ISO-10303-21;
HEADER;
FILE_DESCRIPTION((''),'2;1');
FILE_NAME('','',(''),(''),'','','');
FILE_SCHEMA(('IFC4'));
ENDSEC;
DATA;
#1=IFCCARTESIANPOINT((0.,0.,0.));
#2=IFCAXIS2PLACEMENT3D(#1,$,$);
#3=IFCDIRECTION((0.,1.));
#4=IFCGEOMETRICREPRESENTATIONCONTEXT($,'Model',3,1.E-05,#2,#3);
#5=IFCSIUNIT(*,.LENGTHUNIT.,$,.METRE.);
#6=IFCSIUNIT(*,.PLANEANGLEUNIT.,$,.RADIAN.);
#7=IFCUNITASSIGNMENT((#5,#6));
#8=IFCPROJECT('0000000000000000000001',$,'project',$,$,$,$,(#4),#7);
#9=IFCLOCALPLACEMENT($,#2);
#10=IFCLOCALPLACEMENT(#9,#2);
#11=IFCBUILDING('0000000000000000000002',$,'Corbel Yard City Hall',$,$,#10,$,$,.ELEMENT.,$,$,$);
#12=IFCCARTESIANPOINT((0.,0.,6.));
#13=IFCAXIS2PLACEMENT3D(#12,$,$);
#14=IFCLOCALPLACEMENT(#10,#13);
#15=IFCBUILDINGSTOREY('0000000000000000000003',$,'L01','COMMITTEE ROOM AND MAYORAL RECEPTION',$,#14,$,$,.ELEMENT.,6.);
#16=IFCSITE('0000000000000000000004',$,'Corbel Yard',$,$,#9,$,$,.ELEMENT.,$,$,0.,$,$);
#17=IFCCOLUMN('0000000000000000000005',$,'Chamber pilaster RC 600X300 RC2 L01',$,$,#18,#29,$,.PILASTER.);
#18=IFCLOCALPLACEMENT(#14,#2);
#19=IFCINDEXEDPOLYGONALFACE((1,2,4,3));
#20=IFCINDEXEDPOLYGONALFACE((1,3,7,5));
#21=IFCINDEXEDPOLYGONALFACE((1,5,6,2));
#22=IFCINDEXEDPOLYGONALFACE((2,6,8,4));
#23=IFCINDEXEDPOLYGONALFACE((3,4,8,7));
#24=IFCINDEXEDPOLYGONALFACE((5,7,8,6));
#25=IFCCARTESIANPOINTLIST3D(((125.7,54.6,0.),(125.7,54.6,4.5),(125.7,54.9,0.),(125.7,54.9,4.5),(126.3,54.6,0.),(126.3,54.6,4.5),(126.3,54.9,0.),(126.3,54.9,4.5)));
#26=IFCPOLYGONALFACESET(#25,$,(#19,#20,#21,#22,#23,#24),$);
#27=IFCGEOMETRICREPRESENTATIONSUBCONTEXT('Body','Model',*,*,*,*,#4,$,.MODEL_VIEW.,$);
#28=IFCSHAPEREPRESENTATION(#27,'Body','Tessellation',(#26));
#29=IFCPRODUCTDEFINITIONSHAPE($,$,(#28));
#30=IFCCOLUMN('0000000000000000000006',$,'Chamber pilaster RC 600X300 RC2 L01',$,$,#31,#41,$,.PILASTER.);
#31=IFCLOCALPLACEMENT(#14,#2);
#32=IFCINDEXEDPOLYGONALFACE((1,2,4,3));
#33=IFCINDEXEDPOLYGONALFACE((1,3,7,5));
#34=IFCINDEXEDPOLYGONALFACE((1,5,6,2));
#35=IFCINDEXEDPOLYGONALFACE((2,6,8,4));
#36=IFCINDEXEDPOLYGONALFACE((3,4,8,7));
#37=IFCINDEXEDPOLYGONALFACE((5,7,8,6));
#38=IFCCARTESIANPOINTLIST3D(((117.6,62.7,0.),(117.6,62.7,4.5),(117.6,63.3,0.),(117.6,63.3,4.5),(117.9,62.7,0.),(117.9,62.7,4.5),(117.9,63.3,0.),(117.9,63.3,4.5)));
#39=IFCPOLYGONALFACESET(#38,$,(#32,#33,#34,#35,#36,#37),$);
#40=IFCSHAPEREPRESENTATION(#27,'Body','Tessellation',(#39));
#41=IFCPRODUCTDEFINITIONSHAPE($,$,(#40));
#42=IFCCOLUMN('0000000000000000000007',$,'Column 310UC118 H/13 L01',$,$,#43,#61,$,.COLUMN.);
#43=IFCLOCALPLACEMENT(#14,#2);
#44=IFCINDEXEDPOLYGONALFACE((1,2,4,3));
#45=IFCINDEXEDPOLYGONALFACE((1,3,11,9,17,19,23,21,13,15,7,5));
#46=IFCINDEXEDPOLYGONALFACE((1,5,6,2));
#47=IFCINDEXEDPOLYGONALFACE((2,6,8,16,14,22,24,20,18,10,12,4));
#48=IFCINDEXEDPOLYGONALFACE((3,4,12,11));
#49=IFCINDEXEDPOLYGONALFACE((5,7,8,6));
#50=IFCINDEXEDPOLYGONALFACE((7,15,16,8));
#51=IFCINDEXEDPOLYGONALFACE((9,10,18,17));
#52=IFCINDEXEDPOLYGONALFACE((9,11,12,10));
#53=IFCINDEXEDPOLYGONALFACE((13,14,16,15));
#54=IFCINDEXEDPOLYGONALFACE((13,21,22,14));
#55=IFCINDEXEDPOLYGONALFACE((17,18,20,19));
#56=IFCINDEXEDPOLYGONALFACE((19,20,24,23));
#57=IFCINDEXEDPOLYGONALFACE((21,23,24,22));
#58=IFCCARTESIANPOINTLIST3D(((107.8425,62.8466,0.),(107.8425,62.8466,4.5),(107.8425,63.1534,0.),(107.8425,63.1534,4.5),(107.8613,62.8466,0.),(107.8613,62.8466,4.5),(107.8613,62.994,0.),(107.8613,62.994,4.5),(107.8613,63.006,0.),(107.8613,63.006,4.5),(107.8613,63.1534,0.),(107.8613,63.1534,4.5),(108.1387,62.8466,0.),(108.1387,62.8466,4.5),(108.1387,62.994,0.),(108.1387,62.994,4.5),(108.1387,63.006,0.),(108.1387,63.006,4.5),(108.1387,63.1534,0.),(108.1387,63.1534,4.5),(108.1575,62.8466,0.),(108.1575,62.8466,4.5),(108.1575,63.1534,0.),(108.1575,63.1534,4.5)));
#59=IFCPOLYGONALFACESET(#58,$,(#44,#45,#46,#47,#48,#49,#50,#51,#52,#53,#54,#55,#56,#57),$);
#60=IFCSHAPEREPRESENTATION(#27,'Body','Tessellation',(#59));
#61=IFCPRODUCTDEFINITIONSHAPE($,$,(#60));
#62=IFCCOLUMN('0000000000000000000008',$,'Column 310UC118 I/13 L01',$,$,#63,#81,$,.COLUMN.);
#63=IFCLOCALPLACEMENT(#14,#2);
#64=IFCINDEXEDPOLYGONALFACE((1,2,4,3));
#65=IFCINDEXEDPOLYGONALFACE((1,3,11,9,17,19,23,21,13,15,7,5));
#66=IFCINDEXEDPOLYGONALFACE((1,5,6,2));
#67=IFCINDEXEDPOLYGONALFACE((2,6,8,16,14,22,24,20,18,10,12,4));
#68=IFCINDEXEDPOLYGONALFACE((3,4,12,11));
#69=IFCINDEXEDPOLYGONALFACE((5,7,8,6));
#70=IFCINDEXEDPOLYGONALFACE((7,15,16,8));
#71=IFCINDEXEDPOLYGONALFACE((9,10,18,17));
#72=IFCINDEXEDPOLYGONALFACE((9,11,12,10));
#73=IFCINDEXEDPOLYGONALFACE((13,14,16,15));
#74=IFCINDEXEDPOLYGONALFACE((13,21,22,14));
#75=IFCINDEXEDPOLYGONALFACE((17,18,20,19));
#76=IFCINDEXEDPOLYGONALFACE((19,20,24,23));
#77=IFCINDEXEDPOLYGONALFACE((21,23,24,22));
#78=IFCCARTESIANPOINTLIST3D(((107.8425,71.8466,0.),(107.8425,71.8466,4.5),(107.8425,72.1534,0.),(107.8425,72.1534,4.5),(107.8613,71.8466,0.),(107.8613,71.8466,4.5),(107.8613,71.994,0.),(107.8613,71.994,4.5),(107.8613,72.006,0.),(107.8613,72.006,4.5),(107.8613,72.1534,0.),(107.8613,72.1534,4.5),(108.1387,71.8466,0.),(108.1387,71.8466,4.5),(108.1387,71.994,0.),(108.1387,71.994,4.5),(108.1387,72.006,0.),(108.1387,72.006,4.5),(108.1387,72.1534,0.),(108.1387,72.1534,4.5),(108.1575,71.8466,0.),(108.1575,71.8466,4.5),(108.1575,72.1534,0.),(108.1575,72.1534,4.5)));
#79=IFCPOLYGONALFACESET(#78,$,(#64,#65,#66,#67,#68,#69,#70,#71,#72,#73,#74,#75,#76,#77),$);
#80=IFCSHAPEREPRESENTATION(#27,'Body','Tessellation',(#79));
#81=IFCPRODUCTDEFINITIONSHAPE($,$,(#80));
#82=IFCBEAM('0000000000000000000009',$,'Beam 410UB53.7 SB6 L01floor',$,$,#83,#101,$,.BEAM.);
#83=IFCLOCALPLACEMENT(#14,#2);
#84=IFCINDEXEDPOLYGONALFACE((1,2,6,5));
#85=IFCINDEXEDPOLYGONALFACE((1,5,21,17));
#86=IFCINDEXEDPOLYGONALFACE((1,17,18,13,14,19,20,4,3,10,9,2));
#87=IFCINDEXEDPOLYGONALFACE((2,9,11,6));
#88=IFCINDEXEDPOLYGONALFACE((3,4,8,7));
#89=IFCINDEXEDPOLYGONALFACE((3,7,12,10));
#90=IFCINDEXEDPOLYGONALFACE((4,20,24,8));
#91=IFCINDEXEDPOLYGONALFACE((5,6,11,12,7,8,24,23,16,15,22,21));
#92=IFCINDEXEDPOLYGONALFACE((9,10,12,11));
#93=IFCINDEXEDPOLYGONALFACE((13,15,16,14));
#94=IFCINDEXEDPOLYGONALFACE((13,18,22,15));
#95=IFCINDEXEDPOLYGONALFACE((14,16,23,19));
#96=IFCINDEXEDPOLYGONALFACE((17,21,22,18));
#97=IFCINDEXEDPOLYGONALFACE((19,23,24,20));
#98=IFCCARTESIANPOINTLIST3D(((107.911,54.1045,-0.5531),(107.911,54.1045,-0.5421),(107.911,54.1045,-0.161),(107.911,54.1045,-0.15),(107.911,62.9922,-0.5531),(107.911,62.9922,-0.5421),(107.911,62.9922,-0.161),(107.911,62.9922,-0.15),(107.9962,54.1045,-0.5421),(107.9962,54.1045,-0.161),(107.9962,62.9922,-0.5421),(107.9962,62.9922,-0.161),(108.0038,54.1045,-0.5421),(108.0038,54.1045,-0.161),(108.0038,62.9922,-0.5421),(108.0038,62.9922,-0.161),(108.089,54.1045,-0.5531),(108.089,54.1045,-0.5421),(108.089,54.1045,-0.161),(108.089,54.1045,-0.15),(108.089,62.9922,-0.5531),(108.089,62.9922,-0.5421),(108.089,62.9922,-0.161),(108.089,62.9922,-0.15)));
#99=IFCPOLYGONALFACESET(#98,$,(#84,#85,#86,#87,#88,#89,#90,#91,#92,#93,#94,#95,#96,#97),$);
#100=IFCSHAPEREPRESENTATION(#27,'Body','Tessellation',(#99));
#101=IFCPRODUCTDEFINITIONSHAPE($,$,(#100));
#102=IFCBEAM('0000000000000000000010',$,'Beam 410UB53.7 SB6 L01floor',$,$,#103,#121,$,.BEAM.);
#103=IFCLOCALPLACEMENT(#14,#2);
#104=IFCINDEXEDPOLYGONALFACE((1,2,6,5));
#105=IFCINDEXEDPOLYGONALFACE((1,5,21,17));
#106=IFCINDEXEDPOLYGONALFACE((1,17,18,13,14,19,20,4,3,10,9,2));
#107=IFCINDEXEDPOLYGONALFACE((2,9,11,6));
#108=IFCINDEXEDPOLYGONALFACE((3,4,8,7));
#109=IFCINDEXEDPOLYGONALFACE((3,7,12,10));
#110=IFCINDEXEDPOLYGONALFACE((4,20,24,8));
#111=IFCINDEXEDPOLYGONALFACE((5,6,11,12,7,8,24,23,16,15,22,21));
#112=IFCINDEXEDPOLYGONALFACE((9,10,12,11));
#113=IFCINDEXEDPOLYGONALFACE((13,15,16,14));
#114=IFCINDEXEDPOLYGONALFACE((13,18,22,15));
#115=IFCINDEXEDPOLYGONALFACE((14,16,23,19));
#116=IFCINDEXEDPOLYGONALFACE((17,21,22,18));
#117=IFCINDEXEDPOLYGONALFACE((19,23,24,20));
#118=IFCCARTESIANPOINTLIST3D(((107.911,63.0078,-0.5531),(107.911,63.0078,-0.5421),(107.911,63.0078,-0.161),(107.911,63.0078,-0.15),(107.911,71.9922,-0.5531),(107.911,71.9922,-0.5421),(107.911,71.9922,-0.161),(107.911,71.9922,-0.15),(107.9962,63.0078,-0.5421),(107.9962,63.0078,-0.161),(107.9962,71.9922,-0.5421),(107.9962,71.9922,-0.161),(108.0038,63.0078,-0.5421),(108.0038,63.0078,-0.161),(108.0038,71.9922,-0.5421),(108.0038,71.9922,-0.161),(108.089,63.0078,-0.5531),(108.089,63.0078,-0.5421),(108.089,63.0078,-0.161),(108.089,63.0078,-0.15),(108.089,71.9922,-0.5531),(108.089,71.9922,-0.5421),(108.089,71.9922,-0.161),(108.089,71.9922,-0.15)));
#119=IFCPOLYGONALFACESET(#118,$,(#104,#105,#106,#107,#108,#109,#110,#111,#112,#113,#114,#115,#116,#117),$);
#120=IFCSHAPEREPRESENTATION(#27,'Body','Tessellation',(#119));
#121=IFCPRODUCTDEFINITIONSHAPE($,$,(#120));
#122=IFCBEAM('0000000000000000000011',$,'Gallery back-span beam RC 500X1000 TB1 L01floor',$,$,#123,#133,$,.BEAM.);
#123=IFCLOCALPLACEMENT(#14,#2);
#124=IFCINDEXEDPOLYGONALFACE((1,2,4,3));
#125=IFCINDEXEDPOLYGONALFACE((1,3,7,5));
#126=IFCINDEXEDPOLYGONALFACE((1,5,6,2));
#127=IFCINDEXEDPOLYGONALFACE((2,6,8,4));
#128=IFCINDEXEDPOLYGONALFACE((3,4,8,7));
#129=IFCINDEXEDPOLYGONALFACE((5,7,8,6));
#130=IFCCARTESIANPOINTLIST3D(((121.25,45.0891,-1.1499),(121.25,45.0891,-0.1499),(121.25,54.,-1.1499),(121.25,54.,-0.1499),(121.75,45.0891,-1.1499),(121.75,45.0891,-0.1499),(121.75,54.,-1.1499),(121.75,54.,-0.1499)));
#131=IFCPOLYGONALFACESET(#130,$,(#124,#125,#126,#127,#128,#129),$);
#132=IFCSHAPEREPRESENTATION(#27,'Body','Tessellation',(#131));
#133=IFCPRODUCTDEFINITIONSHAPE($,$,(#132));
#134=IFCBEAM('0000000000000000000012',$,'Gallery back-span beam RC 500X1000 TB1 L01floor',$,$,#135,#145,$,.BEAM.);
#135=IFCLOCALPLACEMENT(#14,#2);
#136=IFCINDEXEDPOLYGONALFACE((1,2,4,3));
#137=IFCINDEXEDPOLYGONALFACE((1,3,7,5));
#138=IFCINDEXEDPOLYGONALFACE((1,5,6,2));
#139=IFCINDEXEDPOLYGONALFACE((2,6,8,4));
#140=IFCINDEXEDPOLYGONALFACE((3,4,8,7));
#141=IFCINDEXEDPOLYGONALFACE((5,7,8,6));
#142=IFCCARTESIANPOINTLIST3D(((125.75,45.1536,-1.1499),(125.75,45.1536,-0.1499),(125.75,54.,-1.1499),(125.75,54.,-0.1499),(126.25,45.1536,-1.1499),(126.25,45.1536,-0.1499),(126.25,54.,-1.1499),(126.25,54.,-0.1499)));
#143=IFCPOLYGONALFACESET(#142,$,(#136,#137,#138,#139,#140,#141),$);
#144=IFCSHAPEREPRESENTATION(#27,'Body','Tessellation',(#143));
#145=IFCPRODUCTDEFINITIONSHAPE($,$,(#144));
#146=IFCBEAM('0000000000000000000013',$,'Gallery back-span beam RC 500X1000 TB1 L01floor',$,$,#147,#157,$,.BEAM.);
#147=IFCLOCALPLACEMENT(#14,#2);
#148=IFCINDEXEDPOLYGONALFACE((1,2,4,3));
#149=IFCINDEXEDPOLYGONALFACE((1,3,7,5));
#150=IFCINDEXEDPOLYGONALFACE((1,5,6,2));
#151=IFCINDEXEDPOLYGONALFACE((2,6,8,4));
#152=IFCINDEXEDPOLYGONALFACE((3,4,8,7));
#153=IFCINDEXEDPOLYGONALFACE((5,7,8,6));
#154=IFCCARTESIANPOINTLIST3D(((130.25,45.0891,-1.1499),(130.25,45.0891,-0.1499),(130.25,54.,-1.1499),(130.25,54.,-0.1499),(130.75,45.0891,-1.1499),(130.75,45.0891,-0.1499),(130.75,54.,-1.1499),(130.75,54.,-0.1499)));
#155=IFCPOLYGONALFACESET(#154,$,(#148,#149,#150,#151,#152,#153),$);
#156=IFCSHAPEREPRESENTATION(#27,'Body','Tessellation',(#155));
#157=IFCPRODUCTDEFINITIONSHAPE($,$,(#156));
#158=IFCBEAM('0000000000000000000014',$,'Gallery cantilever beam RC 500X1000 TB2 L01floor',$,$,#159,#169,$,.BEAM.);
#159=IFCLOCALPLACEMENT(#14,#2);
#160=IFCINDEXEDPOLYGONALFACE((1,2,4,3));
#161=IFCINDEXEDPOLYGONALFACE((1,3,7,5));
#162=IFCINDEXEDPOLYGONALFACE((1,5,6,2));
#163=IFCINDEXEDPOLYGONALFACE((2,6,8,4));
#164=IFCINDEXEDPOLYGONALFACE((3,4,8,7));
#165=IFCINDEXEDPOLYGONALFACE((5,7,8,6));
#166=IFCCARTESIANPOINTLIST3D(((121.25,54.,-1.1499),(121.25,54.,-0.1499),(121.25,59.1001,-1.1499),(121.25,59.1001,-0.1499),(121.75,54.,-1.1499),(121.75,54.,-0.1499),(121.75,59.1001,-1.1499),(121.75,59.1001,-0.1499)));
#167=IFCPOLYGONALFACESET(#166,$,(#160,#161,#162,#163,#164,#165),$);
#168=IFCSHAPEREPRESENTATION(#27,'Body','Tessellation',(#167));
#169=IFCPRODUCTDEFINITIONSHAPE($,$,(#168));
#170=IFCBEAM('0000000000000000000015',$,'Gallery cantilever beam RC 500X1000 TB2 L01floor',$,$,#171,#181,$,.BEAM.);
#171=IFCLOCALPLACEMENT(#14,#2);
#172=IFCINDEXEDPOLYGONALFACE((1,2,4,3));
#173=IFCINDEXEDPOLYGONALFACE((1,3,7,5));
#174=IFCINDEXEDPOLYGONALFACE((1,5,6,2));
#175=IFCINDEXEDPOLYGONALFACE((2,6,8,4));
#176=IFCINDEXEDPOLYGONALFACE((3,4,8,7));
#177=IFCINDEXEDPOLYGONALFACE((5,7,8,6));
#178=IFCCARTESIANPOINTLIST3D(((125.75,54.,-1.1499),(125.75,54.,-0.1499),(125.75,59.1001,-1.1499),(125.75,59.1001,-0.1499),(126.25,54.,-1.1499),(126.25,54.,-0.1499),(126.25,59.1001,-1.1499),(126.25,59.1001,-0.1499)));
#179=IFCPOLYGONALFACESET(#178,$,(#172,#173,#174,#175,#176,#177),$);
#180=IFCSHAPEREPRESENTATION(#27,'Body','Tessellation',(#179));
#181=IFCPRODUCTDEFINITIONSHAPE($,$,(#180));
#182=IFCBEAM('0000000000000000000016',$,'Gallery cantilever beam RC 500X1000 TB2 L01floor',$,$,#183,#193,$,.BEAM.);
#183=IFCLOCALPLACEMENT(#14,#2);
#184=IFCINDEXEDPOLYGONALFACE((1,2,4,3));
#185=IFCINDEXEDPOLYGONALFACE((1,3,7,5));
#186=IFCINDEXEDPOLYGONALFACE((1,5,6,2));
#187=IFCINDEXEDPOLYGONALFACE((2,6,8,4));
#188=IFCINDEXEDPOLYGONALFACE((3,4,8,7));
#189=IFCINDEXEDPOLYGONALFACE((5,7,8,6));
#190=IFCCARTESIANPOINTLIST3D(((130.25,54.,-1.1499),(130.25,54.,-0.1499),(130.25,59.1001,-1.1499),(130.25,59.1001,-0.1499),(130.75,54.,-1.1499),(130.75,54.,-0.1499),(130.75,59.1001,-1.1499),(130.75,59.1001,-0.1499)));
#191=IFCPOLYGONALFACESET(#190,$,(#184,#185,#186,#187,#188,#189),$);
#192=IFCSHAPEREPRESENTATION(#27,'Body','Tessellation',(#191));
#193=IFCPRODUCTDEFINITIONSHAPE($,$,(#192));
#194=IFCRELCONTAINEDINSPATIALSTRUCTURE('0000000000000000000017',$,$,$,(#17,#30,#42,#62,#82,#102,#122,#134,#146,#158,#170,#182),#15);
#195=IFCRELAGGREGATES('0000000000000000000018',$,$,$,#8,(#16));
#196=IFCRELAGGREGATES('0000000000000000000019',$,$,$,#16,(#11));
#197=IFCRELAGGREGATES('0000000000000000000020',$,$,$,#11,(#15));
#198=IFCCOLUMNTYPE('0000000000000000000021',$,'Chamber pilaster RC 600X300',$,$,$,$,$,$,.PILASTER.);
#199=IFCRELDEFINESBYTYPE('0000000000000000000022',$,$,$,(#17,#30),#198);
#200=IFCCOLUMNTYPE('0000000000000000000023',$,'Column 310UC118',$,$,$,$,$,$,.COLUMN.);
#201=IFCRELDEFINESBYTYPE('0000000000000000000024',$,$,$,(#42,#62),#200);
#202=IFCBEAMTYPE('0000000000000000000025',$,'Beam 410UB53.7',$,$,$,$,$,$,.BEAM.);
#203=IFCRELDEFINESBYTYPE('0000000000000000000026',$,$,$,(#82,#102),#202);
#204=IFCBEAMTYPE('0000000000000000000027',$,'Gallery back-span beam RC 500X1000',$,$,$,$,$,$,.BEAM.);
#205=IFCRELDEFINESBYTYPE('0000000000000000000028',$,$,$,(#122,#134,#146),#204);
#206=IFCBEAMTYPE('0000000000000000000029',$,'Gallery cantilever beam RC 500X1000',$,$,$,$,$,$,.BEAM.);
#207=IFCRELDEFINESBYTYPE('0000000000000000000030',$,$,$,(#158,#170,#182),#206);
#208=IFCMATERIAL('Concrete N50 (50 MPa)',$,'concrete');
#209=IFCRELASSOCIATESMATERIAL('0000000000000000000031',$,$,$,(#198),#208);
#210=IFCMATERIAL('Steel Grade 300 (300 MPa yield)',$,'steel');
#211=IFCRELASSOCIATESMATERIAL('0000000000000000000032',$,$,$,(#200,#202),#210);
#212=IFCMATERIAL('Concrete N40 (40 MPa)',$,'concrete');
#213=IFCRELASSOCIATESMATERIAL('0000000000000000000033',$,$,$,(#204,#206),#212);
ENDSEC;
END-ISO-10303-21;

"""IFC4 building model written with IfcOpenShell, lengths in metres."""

from ifc_helpers import new_model, si_unit, direction, frame, origin, origin_2d, place, context, subcontext, project, spatial, rectangle, i_section, extrude, material, material_profile, profile_set, type_object, element, save


model = new_model("IFC4")

# Units and contexts
model_context = context("Model", 3, precision=1e-05, world=origin(), true_north=direction((0.0, 1.0)))
body_context = subcontext(model_context, "Body", "Model", "MODEL_VIEW")
ifc_project = project(units=[si_unit("LENGTHUNIT", "METRE"), si_unit("PLANEANGLEUNIT", "RADIAN")], contexts=[model_context])

# Site, building, storey
site_placement = place(None, origin())
site = spatial("IfcSite", under=ifc_project, at=site_placement, Name="Corbel Yard", CompositionType="ELEMENT", RefElevation=0.0)
building_placement = place(site_placement, origin())
building = spatial("IfcBuilding", under=site, at=building_placement, Name="Corbel Yard City Hall", CompositionType="ELEMENT")
storey_placement = place(building_placement, frame((0.0, 0.0, 6.0)))
storey = spatial("IfcBuildingStorey", under=building, at=storey_placement, Name="L01", Description="COMMITTEE ROOM AND MAYORAL RECEPTION", CompositionType="ELEMENT", Elevation=6.0)

# Columns
ifc_material_1 = material(Name="Concrete N50 (50 MPa)", Category="concrete")
ifc_material_profile_1 = material_profile(ifc_material_1, rectangle(XDim=0.6001, YDim=0.3, at=origin_2d()), Name="600x300")
ifc_profile_set_1 = profile_set([ifc_material_profile_1], Name="Concrete N50 (50 MPa)")
column_type_1 = type_object("IfcColumnType", Name="Chamber pilaster RC 600X300", PredefinedType="PILASTER", material=ifc_profile_set_1)
for number, where, z_axis, x_axis, name in (
    (1, (126.0, 54.75, 0.0), (0.0, 0.0, 1.0), (1.0, 0.0, 0.0), "Chamber pilaster RC 600X300 RC2 L01"),
    (2, (117.75, 63.0, 0.0), (0.0, 0.0, 1.0), (0.0, 1.0, 0.0), "Chamber pilaster RC 600X300 RC2 L01"),
):
    element("IfcColumn", number, at=place(storey_placement, frame(where, z_axis=z_axis, x_axis=x_axis)), inside=storey, type_object=column_type_1, Name=name, PredefinedType="PILASTER", context=body_context, shape_type="SweptSolid", body=[
        extrude(rectangle(XDim=0.6001, YDim=0.3, at=origin_2d()), origin(), (0.0, 0.0, 1.0), 4.5),
    ])
ifc_material_2 = material(Name="Steel Grade 300 (300 MPa yield)", Category="steel")
ifc_material_profile_2 = material_profile(ifc_material_2, i_section(OverallWidth=0.3069, OverallDepth=0.3149, WebThickness=0.012, FlangeThickness=0.0188, at=origin_2d()), Name="310UC118")
ifc_profile_set_2 = profile_set([ifc_material_profile_2], Name="Steel Grade 300 (300 MPa yield)")
column_type_2 = type_object("IfcColumnType", Name="Column 310UC118", PredefinedType="COLUMN", material=ifc_profile_set_2)
for number, where, z_axis, x_axis, name in (
    (3, (108.0, 63.0, 0.0), (0.0, 0.0, 1.0), (0.0, 1.0, 0.0), "Column 310UC118 H/13 L01"),
    (4, (108.0, 72.0, 0.0), (0.0, 0.0, 1.0), (0.0, 1.0, 0.0), "Column 310UC118 I/13 L01"),
):
    element("IfcColumn", number, at=place(storey_placement, frame(where, z_axis=z_axis, x_axis=x_axis)), inside=storey, type_object=column_type_2, Name=name, PredefinedType="COLUMN", context=body_context, shape_type="SweptSolid", body=[
        extrude(i_section(OverallWidth=0.3069, OverallDepth=0.3149, WebThickness=0.012, FlangeThickness=0.0188, at=origin_2d()), origin(), (0.0, 0.0, 1.0), 4.5),
    ])

# Beams
ifc_material_profile_3 = material_profile(ifc_material_2, i_section(OverallWidth=0.178, OverallDepth=0.4031, WebThickness=0.0076, FlangeThickness=0.011, at=origin_2d()), Name="410UB53.7")
ifc_profile_set_3 = profile_set([ifc_material_profile_3], Name="Steel Grade 300 (300 MPa yield)")
beam_type_1 = type_object("IfcBeamType", Name="Beam 410UB53.7", PredefinedType="BEAM", material=ifc_profile_set_3)
beam_1_placement = place(storey_placement, frame((108.0, 54.1045, -0.3516), z_axis=(0.0, 1.0, 0.0), x_axis=(-1.0, 0.0, 0.0)))
element("IfcBeam", 5, at=beam_1_placement, inside=storey, type_object=beam_type_1, Name="Beam 410UB53.7 SB6 L01floor", PredefinedType="BEAM", context=body_context, shape_type="SweptSolid", body=[
    extrude(i_section(OverallWidth=0.178, OverallDepth=0.4031, WebThickness=0.0076, FlangeThickness=0.011, at=origin_2d()), origin(), (0.0, 0.0, 1.0), 8.8877),
])
beam_2_placement = place(storey_placement, frame((108.0, 63.0078, -0.3516), z_axis=(0.0, 1.0, 0.0), x_axis=(-1.0, 0.0, 0.0)))
element("IfcBeam", 6, at=beam_2_placement, inside=storey, type_object=beam_type_1, Name="Beam 410UB53.7 SB6 L01floor", PredefinedType="BEAM", context=body_context, shape_type="SweptSolid", body=[
    extrude(i_section(OverallWidth=0.178, OverallDepth=0.4031, WebThickness=0.0076, FlangeThickness=0.011, at=origin_2d()), origin(), (0.0, 0.0, 1.0), 8.9844),
])
ifc_material_3 = material(Name="Concrete N40 (40 MPa)", Category="concrete")
ifc_material_profile_4 = material_profile(ifc_material_3, rectangle(XDim=0.5, YDim=1.0, at=origin_2d()), Name="500x1000")
ifc_profile_set_4 = profile_set([ifc_material_profile_4], Name="Concrete N40 (40 MPa)")
beam_type_2 = type_object("IfcBeamType", Name="Gallery back-span beam RC 500X1000", PredefinedType="BEAM", material=ifc_profile_set_4)
beam_3_placement = place(storey_placement, frame((121.5, 45.0891, -0.6499), z_axis=(0.0, 1.0, 0.0), x_axis=(-1.0, 0.0, 0.0)))
element("IfcBeam", 7, at=beam_3_placement, inside=storey, type_object=beam_type_2, Name="Gallery back-span beam RC 500X1000 TB1 L01floor", PredefinedType="BEAM", context=body_context, shape_type="SweptSolid", body=[
    extrude(rectangle(XDim=0.5, YDim=1.0, at=origin_2d()), origin(), (0.0, 0.0, 1.0), 8.9109),
])
beam_4_placement = place(storey_placement, frame((126.0, 45.1536, -0.6499), z_axis=(0.0, 1.0, 0.0), x_axis=(-1.0, 0.0, 0.0)))
element("IfcBeam", 8, at=beam_4_placement, inside=storey, type_object=beam_type_2, Name="Gallery back-span beam RC 500X1000 TB1 L01floor", PredefinedType="BEAM", context=body_context, shape_type="SweptSolid", body=[
    extrude(rectangle(XDim=0.5, YDim=1.0, at=origin_2d()), origin(), (0.0, 0.0, 1.0), 8.8464),
])
beam_5_placement = place(storey_placement, frame((130.5, 45.0891, -0.6499), z_axis=(0.0, 1.0, 0.0), x_axis=(-1.0, 0.0, 0.0)))
element("IfcBeam", 9, at=beam_5_placement, inside=storey, type_object=beam_type_2, Name="Gallery back-span beam RC 500X1000 TB1 L01floor", PredefinedType="BEAM", context=body_context, shape_type="SweptSolid", body=[
    extrude(rectangle(XDim=0.5, YDim=1.0, at=origin_2d()), origin(), (0.0, 0.0, 1.0), 8.9109),
])
ifc_material_profile_5 = material_profile(ifc_material_3, rectangle(XDim=0.5, YDim=1.0, at=origin_2d()), Name="500x1000")
ifc_profile_set_5 = profile_set([ifc_material_profile_5], Name="Concrete N40 (40 MPa)")
beam_type_3 = type_object("IfcBeamType", Name="Gallery cantilever beam RC 500X1000", PredefinedType="BEAM", material=ifc_profile_set_5)
for number, where, z_axis, x_axis, name in (
    (10, (121.5, 54.0, -0.6499), (0.0, 1.0, 0.0), (-1.0, 0.0, 0.0), "Gallery cantilever beam RC 500X1000 TB2 L01floor"),
    (11, (126.0, 54.0, -0.6499), (0.0, 1.0, 0.0), (-1.0, 0.0, 0.0), "Gallery cantilever beam RC 500X1000 TB2 L01floor"),
    (12, (130.5, 54.0, -0.6499), (0.0, 1.0, 0.0), (-1.0, 0.0, 0.0), "Gallery cantilever beam RC 500X1000 TB2 L01floor"),
):
    element("IfcBeam", number, at=place(storey_placement, frame(where, z_axis=z_axis, x_axis=x_axis)), inside=storey, type_object=beam_type_3, Name=name, PredefinedType="BEAM", context=body_context, shape_type="SweptSolid", body=[
        extrude(rectangle(XDim=0.5, YDim=1.0, at=origin_2d()), origin(), (0.0, 0.0, 1.0), 5.1001),
    ])

save(model, "model.ifc")
